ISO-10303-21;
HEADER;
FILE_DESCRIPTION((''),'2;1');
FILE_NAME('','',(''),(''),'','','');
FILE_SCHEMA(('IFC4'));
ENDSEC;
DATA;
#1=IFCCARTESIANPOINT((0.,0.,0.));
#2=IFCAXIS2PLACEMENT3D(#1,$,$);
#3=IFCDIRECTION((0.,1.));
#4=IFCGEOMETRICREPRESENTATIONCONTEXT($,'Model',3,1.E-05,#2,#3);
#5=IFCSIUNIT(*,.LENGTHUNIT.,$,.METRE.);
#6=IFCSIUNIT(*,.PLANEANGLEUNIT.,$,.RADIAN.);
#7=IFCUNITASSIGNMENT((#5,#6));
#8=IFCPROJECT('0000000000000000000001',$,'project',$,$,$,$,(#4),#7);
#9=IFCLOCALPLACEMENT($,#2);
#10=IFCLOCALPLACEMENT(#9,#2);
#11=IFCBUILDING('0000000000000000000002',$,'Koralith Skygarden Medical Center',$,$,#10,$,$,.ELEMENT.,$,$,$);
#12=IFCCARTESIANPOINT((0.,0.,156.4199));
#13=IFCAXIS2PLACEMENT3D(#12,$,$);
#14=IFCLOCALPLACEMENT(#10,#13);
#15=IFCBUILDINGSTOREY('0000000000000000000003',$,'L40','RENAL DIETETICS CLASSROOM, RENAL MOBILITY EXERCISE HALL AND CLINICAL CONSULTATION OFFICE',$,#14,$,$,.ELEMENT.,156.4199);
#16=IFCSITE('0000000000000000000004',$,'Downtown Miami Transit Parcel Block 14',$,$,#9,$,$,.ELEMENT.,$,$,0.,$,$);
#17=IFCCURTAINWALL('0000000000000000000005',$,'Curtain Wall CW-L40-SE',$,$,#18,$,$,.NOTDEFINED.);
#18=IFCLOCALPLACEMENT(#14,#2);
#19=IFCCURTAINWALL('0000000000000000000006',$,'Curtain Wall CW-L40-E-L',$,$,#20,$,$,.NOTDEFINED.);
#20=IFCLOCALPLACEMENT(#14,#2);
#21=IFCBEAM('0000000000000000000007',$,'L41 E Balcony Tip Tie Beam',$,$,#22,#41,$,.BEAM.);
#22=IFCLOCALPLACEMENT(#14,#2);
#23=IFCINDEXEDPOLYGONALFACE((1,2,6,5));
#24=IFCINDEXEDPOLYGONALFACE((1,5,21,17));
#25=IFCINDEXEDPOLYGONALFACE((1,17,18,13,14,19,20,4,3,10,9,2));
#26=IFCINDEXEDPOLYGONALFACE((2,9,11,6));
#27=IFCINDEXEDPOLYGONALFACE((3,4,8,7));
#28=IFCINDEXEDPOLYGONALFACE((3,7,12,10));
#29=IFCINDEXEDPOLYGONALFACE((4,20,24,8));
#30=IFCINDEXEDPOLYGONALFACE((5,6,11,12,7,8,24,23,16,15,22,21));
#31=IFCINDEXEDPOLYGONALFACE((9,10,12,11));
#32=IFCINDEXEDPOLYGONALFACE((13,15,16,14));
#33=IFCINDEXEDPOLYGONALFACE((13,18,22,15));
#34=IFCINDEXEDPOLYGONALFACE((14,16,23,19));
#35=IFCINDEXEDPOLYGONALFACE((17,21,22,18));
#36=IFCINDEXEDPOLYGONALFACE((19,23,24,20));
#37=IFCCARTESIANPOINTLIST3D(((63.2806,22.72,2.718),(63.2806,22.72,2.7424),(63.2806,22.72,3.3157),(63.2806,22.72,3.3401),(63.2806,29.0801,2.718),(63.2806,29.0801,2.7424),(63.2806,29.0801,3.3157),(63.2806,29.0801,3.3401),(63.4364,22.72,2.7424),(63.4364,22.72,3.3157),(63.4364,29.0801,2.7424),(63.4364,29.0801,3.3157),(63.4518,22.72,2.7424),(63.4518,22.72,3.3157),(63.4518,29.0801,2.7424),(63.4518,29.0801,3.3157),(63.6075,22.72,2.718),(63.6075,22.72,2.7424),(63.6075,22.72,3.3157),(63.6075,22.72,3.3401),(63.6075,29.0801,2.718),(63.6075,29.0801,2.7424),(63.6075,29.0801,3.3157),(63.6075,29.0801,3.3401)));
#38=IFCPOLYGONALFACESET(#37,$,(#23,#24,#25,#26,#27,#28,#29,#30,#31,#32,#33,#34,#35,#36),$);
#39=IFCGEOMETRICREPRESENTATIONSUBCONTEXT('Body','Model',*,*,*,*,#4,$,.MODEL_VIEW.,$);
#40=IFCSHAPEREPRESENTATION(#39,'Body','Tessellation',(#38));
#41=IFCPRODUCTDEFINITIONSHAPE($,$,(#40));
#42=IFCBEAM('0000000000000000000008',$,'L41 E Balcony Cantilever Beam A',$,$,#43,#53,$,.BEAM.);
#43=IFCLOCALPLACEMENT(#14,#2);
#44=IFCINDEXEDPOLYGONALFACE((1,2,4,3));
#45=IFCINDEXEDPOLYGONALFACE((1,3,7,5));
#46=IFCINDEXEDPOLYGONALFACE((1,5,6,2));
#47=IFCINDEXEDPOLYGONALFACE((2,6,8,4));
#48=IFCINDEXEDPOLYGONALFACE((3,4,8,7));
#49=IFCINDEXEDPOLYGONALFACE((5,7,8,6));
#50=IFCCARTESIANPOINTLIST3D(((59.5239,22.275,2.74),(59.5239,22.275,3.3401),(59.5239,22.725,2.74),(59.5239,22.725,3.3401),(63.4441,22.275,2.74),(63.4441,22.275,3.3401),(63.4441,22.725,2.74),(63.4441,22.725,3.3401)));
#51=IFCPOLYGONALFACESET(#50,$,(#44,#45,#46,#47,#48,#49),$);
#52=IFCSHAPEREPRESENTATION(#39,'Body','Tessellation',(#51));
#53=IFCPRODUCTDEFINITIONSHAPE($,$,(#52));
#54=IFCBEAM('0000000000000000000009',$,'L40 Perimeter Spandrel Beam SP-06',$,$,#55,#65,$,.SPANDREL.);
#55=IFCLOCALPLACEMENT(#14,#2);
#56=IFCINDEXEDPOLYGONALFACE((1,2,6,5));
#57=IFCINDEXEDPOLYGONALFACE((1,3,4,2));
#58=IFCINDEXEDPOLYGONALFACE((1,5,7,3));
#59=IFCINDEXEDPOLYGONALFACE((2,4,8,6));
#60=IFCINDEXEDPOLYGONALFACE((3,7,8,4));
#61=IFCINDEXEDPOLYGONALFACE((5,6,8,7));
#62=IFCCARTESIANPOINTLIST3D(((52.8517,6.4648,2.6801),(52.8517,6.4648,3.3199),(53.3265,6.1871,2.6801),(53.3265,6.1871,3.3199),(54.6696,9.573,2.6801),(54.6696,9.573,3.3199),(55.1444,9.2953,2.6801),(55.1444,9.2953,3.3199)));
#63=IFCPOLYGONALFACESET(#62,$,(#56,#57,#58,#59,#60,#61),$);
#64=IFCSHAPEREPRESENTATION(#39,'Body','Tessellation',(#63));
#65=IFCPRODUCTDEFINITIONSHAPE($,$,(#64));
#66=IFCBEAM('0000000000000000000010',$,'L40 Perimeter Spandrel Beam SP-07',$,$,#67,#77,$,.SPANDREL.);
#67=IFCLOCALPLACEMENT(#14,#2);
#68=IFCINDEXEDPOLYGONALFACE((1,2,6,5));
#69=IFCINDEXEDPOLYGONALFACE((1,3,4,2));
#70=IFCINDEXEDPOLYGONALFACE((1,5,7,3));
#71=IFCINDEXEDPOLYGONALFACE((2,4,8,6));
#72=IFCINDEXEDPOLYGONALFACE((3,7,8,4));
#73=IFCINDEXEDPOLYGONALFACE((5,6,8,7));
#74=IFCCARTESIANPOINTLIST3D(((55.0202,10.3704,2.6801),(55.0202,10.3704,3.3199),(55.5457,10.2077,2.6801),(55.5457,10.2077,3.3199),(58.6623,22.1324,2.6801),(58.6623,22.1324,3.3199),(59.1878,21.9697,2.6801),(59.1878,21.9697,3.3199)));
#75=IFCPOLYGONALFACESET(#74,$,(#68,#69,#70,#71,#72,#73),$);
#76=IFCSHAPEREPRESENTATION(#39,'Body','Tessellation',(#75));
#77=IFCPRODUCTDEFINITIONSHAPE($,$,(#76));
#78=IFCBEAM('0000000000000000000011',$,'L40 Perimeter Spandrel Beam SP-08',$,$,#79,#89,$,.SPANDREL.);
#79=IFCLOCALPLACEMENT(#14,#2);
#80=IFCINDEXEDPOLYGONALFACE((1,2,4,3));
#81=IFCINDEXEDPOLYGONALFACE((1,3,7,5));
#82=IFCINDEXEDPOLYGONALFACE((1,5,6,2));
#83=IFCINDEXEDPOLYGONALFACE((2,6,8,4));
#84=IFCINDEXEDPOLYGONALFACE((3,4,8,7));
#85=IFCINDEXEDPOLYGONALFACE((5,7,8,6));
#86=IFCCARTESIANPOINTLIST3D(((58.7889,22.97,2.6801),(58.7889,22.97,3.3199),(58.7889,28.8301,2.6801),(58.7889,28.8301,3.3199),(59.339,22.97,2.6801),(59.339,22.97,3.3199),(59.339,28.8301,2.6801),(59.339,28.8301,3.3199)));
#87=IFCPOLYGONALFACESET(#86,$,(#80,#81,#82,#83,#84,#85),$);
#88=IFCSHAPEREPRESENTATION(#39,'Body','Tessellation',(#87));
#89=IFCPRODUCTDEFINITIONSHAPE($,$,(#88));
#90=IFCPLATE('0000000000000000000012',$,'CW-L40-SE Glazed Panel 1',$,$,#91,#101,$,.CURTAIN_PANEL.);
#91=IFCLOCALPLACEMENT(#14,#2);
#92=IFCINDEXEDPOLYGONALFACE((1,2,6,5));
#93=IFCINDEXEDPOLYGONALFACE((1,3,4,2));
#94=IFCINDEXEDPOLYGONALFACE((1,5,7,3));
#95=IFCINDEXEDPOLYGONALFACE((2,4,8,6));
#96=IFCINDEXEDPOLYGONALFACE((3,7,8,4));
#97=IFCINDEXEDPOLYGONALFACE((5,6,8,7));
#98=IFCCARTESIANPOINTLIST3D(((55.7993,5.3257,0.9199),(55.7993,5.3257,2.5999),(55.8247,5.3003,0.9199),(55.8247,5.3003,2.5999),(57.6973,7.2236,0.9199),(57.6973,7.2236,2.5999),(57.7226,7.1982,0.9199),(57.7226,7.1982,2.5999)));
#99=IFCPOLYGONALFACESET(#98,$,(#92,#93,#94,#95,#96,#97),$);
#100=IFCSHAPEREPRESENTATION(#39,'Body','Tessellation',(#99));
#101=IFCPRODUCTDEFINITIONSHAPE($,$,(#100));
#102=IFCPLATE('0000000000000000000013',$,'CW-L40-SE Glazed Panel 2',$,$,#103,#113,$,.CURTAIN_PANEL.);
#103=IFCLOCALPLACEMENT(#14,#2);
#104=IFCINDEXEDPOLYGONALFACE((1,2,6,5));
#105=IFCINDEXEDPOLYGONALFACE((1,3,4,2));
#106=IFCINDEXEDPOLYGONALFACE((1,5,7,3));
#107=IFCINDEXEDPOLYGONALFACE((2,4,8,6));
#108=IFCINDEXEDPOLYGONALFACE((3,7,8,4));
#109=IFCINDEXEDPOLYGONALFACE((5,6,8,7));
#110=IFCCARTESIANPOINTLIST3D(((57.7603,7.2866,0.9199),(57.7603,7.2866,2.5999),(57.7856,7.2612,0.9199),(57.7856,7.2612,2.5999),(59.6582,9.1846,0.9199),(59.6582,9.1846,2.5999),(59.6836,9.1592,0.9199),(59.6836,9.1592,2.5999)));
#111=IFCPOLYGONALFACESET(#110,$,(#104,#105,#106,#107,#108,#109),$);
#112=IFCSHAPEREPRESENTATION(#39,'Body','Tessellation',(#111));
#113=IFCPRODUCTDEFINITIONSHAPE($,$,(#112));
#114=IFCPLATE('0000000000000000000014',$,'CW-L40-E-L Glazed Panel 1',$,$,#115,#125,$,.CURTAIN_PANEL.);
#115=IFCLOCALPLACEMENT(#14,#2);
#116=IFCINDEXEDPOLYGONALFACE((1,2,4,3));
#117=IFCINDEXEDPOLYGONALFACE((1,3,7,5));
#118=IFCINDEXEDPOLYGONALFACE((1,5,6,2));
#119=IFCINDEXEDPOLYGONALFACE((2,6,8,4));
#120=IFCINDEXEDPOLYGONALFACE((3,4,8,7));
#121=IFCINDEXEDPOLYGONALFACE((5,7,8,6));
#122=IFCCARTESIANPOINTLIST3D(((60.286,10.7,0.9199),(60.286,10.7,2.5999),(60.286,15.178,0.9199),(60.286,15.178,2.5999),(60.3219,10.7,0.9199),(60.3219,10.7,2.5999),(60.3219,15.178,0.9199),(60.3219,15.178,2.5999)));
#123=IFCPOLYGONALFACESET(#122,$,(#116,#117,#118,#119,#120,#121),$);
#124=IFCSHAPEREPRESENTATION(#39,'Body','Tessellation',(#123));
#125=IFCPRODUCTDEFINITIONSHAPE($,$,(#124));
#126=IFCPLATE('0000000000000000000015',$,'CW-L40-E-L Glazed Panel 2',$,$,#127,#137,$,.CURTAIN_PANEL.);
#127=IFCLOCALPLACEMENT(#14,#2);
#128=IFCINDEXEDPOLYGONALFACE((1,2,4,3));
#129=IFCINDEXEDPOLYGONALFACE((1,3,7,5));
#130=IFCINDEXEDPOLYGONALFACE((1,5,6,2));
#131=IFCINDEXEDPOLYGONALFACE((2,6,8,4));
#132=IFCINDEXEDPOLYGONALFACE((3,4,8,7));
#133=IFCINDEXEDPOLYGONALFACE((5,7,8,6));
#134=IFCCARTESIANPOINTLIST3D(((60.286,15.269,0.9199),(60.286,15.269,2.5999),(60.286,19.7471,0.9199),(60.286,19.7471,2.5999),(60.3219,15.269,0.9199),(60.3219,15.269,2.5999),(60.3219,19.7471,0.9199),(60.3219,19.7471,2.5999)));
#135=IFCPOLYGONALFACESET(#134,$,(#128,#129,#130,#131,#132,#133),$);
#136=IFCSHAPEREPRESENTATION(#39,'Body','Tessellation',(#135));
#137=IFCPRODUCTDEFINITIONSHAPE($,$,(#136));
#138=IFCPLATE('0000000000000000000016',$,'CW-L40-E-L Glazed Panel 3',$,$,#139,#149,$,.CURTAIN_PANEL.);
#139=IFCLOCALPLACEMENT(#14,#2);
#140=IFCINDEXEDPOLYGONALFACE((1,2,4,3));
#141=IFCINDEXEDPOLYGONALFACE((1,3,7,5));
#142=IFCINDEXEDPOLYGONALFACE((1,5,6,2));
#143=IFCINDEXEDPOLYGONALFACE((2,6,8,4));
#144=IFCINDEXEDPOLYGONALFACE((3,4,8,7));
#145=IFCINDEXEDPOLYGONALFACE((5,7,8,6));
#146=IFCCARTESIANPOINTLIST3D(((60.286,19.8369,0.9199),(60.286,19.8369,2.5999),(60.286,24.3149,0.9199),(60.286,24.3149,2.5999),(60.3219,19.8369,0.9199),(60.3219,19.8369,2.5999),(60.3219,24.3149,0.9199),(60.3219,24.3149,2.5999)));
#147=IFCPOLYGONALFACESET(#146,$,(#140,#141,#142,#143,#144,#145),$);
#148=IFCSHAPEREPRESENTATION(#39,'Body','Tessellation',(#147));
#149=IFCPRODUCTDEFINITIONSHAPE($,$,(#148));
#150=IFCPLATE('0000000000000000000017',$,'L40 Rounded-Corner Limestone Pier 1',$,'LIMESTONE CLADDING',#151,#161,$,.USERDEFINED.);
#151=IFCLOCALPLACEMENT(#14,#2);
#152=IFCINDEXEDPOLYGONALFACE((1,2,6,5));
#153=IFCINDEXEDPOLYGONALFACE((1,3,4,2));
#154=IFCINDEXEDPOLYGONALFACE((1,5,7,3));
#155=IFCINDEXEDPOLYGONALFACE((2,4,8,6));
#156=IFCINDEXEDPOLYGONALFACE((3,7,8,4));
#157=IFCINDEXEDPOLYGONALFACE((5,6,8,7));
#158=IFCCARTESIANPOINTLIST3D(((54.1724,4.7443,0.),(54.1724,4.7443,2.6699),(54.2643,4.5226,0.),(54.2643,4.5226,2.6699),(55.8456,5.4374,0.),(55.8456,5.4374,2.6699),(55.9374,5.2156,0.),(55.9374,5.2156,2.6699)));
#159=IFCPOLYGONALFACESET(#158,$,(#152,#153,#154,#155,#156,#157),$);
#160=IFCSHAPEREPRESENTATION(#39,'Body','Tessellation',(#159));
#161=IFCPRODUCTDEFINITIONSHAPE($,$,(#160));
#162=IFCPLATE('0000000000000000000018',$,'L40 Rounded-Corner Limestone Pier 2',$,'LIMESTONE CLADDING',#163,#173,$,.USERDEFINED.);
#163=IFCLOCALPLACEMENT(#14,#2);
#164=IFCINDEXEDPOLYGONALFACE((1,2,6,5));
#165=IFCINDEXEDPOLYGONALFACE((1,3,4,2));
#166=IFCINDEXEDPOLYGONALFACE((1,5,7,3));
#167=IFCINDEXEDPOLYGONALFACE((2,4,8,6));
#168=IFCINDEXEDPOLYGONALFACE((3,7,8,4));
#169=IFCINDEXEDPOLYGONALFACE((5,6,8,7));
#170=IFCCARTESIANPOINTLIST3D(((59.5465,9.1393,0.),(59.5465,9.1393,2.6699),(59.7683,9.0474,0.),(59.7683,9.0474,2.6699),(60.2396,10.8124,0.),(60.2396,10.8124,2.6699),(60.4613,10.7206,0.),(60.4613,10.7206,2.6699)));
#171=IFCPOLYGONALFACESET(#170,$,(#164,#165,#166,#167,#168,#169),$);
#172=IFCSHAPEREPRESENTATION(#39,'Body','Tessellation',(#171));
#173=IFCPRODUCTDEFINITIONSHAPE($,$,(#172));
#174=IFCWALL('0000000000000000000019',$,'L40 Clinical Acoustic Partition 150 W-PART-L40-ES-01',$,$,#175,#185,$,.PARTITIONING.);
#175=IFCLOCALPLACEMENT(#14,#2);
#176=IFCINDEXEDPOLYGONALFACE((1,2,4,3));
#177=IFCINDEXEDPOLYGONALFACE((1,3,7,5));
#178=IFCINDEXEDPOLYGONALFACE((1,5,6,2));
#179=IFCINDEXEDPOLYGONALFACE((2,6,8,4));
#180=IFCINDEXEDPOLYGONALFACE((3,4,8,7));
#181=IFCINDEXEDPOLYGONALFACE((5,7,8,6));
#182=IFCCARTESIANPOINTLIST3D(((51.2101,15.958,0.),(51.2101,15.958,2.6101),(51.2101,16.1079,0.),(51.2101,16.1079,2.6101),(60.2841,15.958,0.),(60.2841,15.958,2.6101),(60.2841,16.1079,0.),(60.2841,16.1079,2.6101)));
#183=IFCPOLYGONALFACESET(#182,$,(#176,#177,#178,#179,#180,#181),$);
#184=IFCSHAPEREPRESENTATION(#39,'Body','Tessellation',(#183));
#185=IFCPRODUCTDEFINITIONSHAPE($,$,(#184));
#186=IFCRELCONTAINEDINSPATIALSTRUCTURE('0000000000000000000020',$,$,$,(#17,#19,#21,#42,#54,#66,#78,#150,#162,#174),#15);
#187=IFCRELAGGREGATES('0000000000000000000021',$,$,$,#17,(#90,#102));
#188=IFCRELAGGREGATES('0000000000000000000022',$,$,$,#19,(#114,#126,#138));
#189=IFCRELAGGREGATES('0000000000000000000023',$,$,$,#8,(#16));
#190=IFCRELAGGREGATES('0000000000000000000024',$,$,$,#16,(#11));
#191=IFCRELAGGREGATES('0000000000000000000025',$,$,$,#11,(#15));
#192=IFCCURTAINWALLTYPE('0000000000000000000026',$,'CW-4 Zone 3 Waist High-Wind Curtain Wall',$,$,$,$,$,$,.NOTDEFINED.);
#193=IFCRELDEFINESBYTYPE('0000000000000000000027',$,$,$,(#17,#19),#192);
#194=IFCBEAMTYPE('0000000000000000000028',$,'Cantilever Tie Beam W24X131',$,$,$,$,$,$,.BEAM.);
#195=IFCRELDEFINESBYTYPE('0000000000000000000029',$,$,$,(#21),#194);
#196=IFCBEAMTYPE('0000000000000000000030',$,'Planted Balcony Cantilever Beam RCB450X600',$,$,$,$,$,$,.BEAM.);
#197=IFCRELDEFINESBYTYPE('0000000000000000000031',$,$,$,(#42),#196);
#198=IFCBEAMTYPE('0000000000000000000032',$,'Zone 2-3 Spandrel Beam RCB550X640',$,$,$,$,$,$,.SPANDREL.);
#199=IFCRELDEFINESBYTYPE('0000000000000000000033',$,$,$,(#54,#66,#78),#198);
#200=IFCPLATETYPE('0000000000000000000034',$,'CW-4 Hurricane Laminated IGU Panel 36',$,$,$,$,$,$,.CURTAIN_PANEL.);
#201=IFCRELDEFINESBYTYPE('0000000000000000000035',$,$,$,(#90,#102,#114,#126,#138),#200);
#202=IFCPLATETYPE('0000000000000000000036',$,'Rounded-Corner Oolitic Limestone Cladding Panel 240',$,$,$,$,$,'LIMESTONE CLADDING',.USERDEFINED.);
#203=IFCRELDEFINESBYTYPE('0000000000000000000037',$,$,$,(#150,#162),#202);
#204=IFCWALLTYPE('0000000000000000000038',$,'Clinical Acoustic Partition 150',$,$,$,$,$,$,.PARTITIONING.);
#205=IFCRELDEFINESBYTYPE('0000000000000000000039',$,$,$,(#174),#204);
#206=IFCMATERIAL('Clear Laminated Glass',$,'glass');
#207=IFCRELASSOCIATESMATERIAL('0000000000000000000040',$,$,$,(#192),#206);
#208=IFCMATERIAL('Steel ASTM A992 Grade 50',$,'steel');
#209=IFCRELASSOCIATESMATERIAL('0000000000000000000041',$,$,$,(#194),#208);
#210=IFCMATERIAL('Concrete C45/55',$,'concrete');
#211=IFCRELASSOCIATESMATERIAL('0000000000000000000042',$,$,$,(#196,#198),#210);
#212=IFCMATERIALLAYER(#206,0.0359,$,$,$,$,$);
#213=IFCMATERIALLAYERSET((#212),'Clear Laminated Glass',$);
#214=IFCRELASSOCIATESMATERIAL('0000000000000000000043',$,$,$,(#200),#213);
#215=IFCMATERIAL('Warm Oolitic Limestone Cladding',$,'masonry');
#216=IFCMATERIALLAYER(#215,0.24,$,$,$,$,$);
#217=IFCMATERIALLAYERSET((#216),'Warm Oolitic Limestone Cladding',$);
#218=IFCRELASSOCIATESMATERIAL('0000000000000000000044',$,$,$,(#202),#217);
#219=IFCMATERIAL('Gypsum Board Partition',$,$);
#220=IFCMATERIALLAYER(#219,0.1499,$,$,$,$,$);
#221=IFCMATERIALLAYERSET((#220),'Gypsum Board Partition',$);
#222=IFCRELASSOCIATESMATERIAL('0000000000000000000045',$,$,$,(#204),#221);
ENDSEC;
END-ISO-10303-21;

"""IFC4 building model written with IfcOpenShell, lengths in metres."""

from ifc_helpers import new_model, si_unit, direction, frame, frame_2d, origin, origin_2d, place, context, subcontext, project, spatial, rectangle, i_section, extrude, material, layer, layer_set, material_profile, profile_set, type_object, element, aggregate, save


model = new_model("IFC4")

# Units and contexts
model_context = context("Model", 3, precision=1e-05, world=origin(), true_north=direction((0.0, 1.0)))
body_context = subcontext(model_context, "Body", "Model", "MODEL_VIEW")
ifc_project = project(units=[si_unit("LENGTHUNIT", "METRE"), si_unit("PLANEANGLEUNIT", "RADIAN")], contexts=[model_context])

# Site, building, storey
site_placement = place(None, origin())
site = spatial("IfcSite", under=ifc_project, at=site_placement, Name="Downtown Miami Transit Parcel Block 14", CompositionType="ELEMENT", RefElevation=0.0)
building_placement = place(site_placement, origin())
building = spatial("IfcBuilding", under=site, at=building_placement, Name="Koralith Skygarden Medical Center", CompositionType="ELEMENT")
storey_placement = place(building_placement, frame((0.0, 0.0, 156.4199)))
storey = spatial("IfcBuildingStorey", under=building, at=storey_placement, Name="L40", Description="RENAL DIETETICS CLASSROOM, RENAL MOBILITY EXERCISE HALL AND CLINICAL CONSULTATION OFFICE", CompositionType="ELEMENT", Elevation=156.4199)

# Shared definitions
ifc_material_1 = material(Name="Clear Laminated Glass", Category="glass")
curtain_wall_type = type_object("IfcCurtainWallType", Name="CW-4 Zone 3 Waist High-Wind Curtain Wall", PredefinedType="NOTDEFINED", material=ifc_material_1)

# Curtain walls
curtain_wall_1_placement = place(storey_placement, origin())
curtain_wall_1 = element("IfcCurtainWall", 1, at=curtain_wall_1_placement, inside=storey, type_object=curtain_wall_type, Name="Curtain Wall CW-L40-SE", PredefinedType="NOTDEFINED")
curtain_wall_2_placement = place(storey_placement, origin())
curtain_wall_2 = element("IfcCurtainWall", 2, at=curtain_wall_2_placement, inside=storey, type_object=curtain_wall_type, Name="Curtain Wall CW-L40-E-L", PredefinedType="NOTDEFINED")

# Beams
ifc_material_2 = material(Name="Steel ASTM A992 Grade 50", Category="steel")
ifc_material_profile_1 = material_profile(ifc_material_2, i_section(OverallWidth=0.3269, OverallDepth=0.6221, WebThickness=0.0154, FlangeThickness=0.0244, at=origin_2d()), Name="W24X131")
ifc_profile_set_1 = profile_set([ifc_material_profile_1], Name="Steel ASTM A992 Grade 50")
beam_type_1 = type_object("IfcBeamType", Name="Cantilever Tie Beam W24X131", PredefinedType="BEAM", material=ifc_profile_set_1)
beam_1_placement = place(storey_placement, frame((63.4441, 22.72, 3.0291), z_axis=(0.0, 1.0, 0.0), x_axis=(-1.0, 0.0, 0.0)))
element("IfcBeam", 3, at=beam_1_placement, inside=storey, type_object=beam_type_1, Name="L41 E Balcony Tip Tie Beam", PredefinedType="BEAM", context=body_context, shape_type="SweptSolid", body=[
    extrude(i_section(OverallWidth=0.3269, OverallDepth=0.6221, WebThickness=0.0154, FlangeThickness=0.0244, at=origin_2d()), origin(), (0.0, 0.0, 1.0), 6.3601),
])
ifc_material_3 = material(Name="Concrete C45/55", Category="concrete")
ifc_material_profile_2 = material_profile(ifc_material_3, rectangle(XDim=0.45, YDim=0.6001, at=origin_2d()), Name="RCB450X600")
ifc_profile_set_2 = profile_set([ifc_material_profile_2], Name="Concrete C45/55")
beam_type_2 = type_object("IfcBeamType", Name="Planted Balcony Cantilever Beam RCB450X600", PredefinedType="BEAM", material=ifc_profile_set_2)
beam_2_placement = place(storey_placement, frame((59.5239, 22.5, 3.04), z_axis=(1.0, 0.0, 0.0), x_axis=(0.0, 1.0, 0.0)))
element("IfcBeam", 4, at=beam_2_placement, inside=storey, type_object=beam_type_2, Name="L41 E Balcony Cantilever Beam A", PredefinedType="BEAM", context=body_context, shape_type="SweptSolid", body=[
    extrude(rectangle(XDim=0.45, YDim=0.6001, at=origin_2d()), origin(), (0.0, 0.0, 1.0), 3.9202),
])
ifc_material_profile_3 = material_profile(ifc_material_3, rectangle(XDim=0.55, YDim=0.6399, at=origin_2d()), Name="RCB550X640")
ifc_profile_set_3 = profile_set([ifc_material_profile_3], Name="Concrete C45/55")
beam_type_3 = type_object("IfcBeamType", Name="Zone 2-3 Spandrel Beam RCB550X640", PredefinedType="SPANDREL", material=ifc_profile_set_3)
beam_3_placement = place(storey_placement, frame((53.0891, 6.3259, 3.0), z_axis=(0.504861, 0.8632, 0.0), x_axis=(-0.8632, 0.504861, 0.0)))
element("IfcBeam", 5, at=beam_3_placement, inside=storey, type_object=beam_type_3, Name="L40 Perimeter Spandrel Beam SP-06", PredefinedType="SPANDREL", context=body_context, shape_type="SweptSolid", body=[
    extrude(rectangle(XDim=0.55, YDim=0.6399, at=origin_2d()), origin(), (0.0, 0.0, 1.0), 3.6008),
])
beam_4_placement = place(storey_placement, frame((55.283, 10.2891, 3.0), z_axis=(0.295794, 0.955252, 0.0), x_axis=(-0.955252, 0.295794, 0.0)))
element("IfcBeam", 6, at=beam_4_placement, inside=storey, type_object=beam_type_3, Name="L40 Perimeter Spandrel Beam SP-07", PredefinedType="SPANDREL", context=body_context, shape_type="SweptSolid", body=[
    extrude(rectangle(XDim=0.55, YDim=0.6399, at=origin_2d()), origin(), (0.0, 0.0, 1.0), 12.313),
])
beam_5_placement = place(storey_placement, frame((59.064, 22.97, 3.0), z_axis=(0.0, 1.0, 0.0), x_axis=(-1.0, 0.0, 0.0)))
element("IfcBeam", 7, at=beam_5_placement, inside=storey, type_object=beam_type_3, Name="L40 Perimeter Spandrel Beam SP-08", PredefinedType="SPANDREL", context=body_context, shape_type="SweptSolid", body=[
    extrude(rectangle(XDim=0.55, YDim=0.6399, at=origin_2d()), origin(), (0.0, 0.0, 1.0), 5.8601),
])

# Plates
ifc_layer_1 = layer(ifc_material_1, 0.0359)
ifc_layer_set_1 = layer_set([ifc_layer_1], Name="Clear Laminated Glass")
plate_type_1 = type_object("IfcPlateType", Name="CW-4 Hurricane Laminated IGU Panel 36", PredefinedType="CURTAIN_PANEL", material=ifc_layer_set_1)
plate_1_placement = place(storey_placement, frame((56.761, 6.262, 0.9199), z_axis=(0.0, 0.0, 1.0), x_axis=(0.707107, 0.707107, 0.0)))
plate_1 = element("IfcPlate", 8, at=plate_1_placement, type_object=plate_type_1, Name="CW-L40-SE Glazed Panel 1", PredefinedType="CURTAIN_PANEL", context=body_context, shape_type="SweptSolid", body=[
    extrude(rectangle(XDim=2.6841, YDim=0.0359, at=origin_2d()), origin(), (0.0, 0.0, 1.0), 1.6799),
])
plate_2_placement = place(storey_placement, frame((58.7219, 8.2229, 0.9199), z_axis=(0.0, 0.0, 1.0), x_axis=(0.707107, 0.707107, 0.0)))
plate_2 = element("IfcPlate", 9, at=plate_2_placement, type_object=plate_type_1, Name="CW-L40-SE Glazed Panel 2", PredefinedType="CURTAIN_PANEL", context=body_context, shape_type="SweptSolid", body=[
    extrude(rectangle(XDim=2.6841, YDim=0.0359, at=origin_2d()), origin(), (0.0, 0.0, 1.0), 1.6799),
])
aggregate(curtain_wall_1, [plate_1, plate_2])
plate_3_placement = place(storey_placement, frame((60.304, 12.939, 0.9199), z_axis=(0.0, 0.0, 1.0), x_axis=(0.0, 1.0, 0.0)))
plate_3 = element("IfcPlate", 10, at=plate_3_placement, type_object=plate_type_1, Name="CW-L40-E-L Glazed Panel 1", PredefinedType="CURTAIN_PANEL", context=body_context, shape_type="SweptSolid", body=[
    extrude(rectangle(XDim=4.478, YDim=0.0359, at=origin_2d()), origin(), (0.0, 0.0, 1.0), 1.6799),
])
plate_4_placement = place(storey_placement, frame((60.304, 17.5081, 0.9199), z_axis=(0.0, 0.0, 1.0), x_axis=(0.0, 1.0, 0.0)))
plate_4 = element("IfcPlate", 11, at=plate_4_placement, type_object=plate_type_1, Name="CW-L40-E-L Glazed Panel 2", PredefinedType="CURTAIN_PANEL", context=body_context, shape_type="SweptSolid", body=[
    extrude(rectangle(XDim=4.478, YDim=0.0359, at=origin_2d()), origin(), (0.0, 0.0, 1.0), 1.6799),
])
plate_5_placement = place(storey_placement, frame((60.304, 22.0759, 0.9199), z_axis=(0.0, 0.0, 1.0), x_axis=(0.0, 1.0, 0.0)))
plate_5 = element("IfcPlate", 12, at=plate_5_placement, type_object=plate_type_1, Name="CW-L40-E-L Glazed Panel 3", PredefinedType="CURTAIN_PANEL", context=body_context, shape_type="SweptSolid", body=[
    extrude(rectangle(XDim=4.478, YDim=0.0359, at=origin_2d()), origin(), (0.0, 0.0, 1.0), 1.6799),
])
aggregate(curtain_wall_2, [plate_3, plate_4, plate_5])

# Plates
ifc_material_4 = material(Name="Warm Oolitic Limestone Cladding", Category="masonry")
ifc_layer_2 = layer(ifc_material_4, 0.24)
ifc_layer_set_2 = layer_set([ifc_layer_2], Name="Warm Oolitic Limestone Cladding")
plate_type_2 = type_object("IfcPlateType", Name="Rounded-Corner Oolitic Limestone Cladding Panel 240", ElementType="LIMESTONE CLADDING", PredefinedType="USERDEFINED", material=ifc_layer_set_2)
for number, where, z_axis, x_axis, name in (
    (13, (55.0549, 4.98, 0.0), (0.0, 0.0, 1.0), (0.923885, 0.382671, 0.0), "L40 Rounded-Corner Limestone Pier 1"),
    (14, (60.0039, 9.9299, 0.0), (0.0, 0.0, 1.0), (0.382671, 0.923885, 0.0), "L40 Rounded-Corner Limestone Pier 2"),
):
    element("IfcPlate", number, at=place(storey_placement, frame(where, z_axis=z_axis, x_axis=x_axis)), inside=storey, type_object=plate_type_2, Name=name, ObjectType="LIMESTONE CLADDING", PredefinedType="USERDEFINED", context=body_context, shape_type="SweptSolid", body=[
        extrude(rectangle(XDim=1.811, YDim=0.24, at=origin_2d()), origin(), (0.0, 0.0, 1.0), 2.6699),
    ])

# Wall
ifc_material_5 = material(Name="Gypsum Board Partition")
ifc_layer_3 = layer(ifc_material_5, 0.1499)
ifc_layer_set_3 = layer_set([ifc_layer_3], Name="Gypsum Board Partition")
wall_type_1 = type_object("IfcWallType", Name="Clinical Acoustic Partition 150", PredefinedType="PARTITIONING", material=ifc_layer_set_3)
wall_1_placement = place(storey_placement, frame((51.21, 16.033, 0.0), z_axis=(0.0, 0.0, 1.0), x_axis=(1.0, 0.0, 0.0)))
element("IfcWall", 15, at=wall_1_placement, inside=storey, type_object=wall_type_1, Name="L40 Clinical Acoustic Partition 150 W-PART-L40-ES-01", PredefinedType="PARTITIONING", context=body_context, shape_type="SweptSolid", body=[
    extrude(rectangle(XDim=9.074, YDim=0.1499, at=frame_2d((4.5371, 0.0))), origin(), (0.0, 0.0, 1.0), 2.6101),
])

save(model, "model.ifc")
